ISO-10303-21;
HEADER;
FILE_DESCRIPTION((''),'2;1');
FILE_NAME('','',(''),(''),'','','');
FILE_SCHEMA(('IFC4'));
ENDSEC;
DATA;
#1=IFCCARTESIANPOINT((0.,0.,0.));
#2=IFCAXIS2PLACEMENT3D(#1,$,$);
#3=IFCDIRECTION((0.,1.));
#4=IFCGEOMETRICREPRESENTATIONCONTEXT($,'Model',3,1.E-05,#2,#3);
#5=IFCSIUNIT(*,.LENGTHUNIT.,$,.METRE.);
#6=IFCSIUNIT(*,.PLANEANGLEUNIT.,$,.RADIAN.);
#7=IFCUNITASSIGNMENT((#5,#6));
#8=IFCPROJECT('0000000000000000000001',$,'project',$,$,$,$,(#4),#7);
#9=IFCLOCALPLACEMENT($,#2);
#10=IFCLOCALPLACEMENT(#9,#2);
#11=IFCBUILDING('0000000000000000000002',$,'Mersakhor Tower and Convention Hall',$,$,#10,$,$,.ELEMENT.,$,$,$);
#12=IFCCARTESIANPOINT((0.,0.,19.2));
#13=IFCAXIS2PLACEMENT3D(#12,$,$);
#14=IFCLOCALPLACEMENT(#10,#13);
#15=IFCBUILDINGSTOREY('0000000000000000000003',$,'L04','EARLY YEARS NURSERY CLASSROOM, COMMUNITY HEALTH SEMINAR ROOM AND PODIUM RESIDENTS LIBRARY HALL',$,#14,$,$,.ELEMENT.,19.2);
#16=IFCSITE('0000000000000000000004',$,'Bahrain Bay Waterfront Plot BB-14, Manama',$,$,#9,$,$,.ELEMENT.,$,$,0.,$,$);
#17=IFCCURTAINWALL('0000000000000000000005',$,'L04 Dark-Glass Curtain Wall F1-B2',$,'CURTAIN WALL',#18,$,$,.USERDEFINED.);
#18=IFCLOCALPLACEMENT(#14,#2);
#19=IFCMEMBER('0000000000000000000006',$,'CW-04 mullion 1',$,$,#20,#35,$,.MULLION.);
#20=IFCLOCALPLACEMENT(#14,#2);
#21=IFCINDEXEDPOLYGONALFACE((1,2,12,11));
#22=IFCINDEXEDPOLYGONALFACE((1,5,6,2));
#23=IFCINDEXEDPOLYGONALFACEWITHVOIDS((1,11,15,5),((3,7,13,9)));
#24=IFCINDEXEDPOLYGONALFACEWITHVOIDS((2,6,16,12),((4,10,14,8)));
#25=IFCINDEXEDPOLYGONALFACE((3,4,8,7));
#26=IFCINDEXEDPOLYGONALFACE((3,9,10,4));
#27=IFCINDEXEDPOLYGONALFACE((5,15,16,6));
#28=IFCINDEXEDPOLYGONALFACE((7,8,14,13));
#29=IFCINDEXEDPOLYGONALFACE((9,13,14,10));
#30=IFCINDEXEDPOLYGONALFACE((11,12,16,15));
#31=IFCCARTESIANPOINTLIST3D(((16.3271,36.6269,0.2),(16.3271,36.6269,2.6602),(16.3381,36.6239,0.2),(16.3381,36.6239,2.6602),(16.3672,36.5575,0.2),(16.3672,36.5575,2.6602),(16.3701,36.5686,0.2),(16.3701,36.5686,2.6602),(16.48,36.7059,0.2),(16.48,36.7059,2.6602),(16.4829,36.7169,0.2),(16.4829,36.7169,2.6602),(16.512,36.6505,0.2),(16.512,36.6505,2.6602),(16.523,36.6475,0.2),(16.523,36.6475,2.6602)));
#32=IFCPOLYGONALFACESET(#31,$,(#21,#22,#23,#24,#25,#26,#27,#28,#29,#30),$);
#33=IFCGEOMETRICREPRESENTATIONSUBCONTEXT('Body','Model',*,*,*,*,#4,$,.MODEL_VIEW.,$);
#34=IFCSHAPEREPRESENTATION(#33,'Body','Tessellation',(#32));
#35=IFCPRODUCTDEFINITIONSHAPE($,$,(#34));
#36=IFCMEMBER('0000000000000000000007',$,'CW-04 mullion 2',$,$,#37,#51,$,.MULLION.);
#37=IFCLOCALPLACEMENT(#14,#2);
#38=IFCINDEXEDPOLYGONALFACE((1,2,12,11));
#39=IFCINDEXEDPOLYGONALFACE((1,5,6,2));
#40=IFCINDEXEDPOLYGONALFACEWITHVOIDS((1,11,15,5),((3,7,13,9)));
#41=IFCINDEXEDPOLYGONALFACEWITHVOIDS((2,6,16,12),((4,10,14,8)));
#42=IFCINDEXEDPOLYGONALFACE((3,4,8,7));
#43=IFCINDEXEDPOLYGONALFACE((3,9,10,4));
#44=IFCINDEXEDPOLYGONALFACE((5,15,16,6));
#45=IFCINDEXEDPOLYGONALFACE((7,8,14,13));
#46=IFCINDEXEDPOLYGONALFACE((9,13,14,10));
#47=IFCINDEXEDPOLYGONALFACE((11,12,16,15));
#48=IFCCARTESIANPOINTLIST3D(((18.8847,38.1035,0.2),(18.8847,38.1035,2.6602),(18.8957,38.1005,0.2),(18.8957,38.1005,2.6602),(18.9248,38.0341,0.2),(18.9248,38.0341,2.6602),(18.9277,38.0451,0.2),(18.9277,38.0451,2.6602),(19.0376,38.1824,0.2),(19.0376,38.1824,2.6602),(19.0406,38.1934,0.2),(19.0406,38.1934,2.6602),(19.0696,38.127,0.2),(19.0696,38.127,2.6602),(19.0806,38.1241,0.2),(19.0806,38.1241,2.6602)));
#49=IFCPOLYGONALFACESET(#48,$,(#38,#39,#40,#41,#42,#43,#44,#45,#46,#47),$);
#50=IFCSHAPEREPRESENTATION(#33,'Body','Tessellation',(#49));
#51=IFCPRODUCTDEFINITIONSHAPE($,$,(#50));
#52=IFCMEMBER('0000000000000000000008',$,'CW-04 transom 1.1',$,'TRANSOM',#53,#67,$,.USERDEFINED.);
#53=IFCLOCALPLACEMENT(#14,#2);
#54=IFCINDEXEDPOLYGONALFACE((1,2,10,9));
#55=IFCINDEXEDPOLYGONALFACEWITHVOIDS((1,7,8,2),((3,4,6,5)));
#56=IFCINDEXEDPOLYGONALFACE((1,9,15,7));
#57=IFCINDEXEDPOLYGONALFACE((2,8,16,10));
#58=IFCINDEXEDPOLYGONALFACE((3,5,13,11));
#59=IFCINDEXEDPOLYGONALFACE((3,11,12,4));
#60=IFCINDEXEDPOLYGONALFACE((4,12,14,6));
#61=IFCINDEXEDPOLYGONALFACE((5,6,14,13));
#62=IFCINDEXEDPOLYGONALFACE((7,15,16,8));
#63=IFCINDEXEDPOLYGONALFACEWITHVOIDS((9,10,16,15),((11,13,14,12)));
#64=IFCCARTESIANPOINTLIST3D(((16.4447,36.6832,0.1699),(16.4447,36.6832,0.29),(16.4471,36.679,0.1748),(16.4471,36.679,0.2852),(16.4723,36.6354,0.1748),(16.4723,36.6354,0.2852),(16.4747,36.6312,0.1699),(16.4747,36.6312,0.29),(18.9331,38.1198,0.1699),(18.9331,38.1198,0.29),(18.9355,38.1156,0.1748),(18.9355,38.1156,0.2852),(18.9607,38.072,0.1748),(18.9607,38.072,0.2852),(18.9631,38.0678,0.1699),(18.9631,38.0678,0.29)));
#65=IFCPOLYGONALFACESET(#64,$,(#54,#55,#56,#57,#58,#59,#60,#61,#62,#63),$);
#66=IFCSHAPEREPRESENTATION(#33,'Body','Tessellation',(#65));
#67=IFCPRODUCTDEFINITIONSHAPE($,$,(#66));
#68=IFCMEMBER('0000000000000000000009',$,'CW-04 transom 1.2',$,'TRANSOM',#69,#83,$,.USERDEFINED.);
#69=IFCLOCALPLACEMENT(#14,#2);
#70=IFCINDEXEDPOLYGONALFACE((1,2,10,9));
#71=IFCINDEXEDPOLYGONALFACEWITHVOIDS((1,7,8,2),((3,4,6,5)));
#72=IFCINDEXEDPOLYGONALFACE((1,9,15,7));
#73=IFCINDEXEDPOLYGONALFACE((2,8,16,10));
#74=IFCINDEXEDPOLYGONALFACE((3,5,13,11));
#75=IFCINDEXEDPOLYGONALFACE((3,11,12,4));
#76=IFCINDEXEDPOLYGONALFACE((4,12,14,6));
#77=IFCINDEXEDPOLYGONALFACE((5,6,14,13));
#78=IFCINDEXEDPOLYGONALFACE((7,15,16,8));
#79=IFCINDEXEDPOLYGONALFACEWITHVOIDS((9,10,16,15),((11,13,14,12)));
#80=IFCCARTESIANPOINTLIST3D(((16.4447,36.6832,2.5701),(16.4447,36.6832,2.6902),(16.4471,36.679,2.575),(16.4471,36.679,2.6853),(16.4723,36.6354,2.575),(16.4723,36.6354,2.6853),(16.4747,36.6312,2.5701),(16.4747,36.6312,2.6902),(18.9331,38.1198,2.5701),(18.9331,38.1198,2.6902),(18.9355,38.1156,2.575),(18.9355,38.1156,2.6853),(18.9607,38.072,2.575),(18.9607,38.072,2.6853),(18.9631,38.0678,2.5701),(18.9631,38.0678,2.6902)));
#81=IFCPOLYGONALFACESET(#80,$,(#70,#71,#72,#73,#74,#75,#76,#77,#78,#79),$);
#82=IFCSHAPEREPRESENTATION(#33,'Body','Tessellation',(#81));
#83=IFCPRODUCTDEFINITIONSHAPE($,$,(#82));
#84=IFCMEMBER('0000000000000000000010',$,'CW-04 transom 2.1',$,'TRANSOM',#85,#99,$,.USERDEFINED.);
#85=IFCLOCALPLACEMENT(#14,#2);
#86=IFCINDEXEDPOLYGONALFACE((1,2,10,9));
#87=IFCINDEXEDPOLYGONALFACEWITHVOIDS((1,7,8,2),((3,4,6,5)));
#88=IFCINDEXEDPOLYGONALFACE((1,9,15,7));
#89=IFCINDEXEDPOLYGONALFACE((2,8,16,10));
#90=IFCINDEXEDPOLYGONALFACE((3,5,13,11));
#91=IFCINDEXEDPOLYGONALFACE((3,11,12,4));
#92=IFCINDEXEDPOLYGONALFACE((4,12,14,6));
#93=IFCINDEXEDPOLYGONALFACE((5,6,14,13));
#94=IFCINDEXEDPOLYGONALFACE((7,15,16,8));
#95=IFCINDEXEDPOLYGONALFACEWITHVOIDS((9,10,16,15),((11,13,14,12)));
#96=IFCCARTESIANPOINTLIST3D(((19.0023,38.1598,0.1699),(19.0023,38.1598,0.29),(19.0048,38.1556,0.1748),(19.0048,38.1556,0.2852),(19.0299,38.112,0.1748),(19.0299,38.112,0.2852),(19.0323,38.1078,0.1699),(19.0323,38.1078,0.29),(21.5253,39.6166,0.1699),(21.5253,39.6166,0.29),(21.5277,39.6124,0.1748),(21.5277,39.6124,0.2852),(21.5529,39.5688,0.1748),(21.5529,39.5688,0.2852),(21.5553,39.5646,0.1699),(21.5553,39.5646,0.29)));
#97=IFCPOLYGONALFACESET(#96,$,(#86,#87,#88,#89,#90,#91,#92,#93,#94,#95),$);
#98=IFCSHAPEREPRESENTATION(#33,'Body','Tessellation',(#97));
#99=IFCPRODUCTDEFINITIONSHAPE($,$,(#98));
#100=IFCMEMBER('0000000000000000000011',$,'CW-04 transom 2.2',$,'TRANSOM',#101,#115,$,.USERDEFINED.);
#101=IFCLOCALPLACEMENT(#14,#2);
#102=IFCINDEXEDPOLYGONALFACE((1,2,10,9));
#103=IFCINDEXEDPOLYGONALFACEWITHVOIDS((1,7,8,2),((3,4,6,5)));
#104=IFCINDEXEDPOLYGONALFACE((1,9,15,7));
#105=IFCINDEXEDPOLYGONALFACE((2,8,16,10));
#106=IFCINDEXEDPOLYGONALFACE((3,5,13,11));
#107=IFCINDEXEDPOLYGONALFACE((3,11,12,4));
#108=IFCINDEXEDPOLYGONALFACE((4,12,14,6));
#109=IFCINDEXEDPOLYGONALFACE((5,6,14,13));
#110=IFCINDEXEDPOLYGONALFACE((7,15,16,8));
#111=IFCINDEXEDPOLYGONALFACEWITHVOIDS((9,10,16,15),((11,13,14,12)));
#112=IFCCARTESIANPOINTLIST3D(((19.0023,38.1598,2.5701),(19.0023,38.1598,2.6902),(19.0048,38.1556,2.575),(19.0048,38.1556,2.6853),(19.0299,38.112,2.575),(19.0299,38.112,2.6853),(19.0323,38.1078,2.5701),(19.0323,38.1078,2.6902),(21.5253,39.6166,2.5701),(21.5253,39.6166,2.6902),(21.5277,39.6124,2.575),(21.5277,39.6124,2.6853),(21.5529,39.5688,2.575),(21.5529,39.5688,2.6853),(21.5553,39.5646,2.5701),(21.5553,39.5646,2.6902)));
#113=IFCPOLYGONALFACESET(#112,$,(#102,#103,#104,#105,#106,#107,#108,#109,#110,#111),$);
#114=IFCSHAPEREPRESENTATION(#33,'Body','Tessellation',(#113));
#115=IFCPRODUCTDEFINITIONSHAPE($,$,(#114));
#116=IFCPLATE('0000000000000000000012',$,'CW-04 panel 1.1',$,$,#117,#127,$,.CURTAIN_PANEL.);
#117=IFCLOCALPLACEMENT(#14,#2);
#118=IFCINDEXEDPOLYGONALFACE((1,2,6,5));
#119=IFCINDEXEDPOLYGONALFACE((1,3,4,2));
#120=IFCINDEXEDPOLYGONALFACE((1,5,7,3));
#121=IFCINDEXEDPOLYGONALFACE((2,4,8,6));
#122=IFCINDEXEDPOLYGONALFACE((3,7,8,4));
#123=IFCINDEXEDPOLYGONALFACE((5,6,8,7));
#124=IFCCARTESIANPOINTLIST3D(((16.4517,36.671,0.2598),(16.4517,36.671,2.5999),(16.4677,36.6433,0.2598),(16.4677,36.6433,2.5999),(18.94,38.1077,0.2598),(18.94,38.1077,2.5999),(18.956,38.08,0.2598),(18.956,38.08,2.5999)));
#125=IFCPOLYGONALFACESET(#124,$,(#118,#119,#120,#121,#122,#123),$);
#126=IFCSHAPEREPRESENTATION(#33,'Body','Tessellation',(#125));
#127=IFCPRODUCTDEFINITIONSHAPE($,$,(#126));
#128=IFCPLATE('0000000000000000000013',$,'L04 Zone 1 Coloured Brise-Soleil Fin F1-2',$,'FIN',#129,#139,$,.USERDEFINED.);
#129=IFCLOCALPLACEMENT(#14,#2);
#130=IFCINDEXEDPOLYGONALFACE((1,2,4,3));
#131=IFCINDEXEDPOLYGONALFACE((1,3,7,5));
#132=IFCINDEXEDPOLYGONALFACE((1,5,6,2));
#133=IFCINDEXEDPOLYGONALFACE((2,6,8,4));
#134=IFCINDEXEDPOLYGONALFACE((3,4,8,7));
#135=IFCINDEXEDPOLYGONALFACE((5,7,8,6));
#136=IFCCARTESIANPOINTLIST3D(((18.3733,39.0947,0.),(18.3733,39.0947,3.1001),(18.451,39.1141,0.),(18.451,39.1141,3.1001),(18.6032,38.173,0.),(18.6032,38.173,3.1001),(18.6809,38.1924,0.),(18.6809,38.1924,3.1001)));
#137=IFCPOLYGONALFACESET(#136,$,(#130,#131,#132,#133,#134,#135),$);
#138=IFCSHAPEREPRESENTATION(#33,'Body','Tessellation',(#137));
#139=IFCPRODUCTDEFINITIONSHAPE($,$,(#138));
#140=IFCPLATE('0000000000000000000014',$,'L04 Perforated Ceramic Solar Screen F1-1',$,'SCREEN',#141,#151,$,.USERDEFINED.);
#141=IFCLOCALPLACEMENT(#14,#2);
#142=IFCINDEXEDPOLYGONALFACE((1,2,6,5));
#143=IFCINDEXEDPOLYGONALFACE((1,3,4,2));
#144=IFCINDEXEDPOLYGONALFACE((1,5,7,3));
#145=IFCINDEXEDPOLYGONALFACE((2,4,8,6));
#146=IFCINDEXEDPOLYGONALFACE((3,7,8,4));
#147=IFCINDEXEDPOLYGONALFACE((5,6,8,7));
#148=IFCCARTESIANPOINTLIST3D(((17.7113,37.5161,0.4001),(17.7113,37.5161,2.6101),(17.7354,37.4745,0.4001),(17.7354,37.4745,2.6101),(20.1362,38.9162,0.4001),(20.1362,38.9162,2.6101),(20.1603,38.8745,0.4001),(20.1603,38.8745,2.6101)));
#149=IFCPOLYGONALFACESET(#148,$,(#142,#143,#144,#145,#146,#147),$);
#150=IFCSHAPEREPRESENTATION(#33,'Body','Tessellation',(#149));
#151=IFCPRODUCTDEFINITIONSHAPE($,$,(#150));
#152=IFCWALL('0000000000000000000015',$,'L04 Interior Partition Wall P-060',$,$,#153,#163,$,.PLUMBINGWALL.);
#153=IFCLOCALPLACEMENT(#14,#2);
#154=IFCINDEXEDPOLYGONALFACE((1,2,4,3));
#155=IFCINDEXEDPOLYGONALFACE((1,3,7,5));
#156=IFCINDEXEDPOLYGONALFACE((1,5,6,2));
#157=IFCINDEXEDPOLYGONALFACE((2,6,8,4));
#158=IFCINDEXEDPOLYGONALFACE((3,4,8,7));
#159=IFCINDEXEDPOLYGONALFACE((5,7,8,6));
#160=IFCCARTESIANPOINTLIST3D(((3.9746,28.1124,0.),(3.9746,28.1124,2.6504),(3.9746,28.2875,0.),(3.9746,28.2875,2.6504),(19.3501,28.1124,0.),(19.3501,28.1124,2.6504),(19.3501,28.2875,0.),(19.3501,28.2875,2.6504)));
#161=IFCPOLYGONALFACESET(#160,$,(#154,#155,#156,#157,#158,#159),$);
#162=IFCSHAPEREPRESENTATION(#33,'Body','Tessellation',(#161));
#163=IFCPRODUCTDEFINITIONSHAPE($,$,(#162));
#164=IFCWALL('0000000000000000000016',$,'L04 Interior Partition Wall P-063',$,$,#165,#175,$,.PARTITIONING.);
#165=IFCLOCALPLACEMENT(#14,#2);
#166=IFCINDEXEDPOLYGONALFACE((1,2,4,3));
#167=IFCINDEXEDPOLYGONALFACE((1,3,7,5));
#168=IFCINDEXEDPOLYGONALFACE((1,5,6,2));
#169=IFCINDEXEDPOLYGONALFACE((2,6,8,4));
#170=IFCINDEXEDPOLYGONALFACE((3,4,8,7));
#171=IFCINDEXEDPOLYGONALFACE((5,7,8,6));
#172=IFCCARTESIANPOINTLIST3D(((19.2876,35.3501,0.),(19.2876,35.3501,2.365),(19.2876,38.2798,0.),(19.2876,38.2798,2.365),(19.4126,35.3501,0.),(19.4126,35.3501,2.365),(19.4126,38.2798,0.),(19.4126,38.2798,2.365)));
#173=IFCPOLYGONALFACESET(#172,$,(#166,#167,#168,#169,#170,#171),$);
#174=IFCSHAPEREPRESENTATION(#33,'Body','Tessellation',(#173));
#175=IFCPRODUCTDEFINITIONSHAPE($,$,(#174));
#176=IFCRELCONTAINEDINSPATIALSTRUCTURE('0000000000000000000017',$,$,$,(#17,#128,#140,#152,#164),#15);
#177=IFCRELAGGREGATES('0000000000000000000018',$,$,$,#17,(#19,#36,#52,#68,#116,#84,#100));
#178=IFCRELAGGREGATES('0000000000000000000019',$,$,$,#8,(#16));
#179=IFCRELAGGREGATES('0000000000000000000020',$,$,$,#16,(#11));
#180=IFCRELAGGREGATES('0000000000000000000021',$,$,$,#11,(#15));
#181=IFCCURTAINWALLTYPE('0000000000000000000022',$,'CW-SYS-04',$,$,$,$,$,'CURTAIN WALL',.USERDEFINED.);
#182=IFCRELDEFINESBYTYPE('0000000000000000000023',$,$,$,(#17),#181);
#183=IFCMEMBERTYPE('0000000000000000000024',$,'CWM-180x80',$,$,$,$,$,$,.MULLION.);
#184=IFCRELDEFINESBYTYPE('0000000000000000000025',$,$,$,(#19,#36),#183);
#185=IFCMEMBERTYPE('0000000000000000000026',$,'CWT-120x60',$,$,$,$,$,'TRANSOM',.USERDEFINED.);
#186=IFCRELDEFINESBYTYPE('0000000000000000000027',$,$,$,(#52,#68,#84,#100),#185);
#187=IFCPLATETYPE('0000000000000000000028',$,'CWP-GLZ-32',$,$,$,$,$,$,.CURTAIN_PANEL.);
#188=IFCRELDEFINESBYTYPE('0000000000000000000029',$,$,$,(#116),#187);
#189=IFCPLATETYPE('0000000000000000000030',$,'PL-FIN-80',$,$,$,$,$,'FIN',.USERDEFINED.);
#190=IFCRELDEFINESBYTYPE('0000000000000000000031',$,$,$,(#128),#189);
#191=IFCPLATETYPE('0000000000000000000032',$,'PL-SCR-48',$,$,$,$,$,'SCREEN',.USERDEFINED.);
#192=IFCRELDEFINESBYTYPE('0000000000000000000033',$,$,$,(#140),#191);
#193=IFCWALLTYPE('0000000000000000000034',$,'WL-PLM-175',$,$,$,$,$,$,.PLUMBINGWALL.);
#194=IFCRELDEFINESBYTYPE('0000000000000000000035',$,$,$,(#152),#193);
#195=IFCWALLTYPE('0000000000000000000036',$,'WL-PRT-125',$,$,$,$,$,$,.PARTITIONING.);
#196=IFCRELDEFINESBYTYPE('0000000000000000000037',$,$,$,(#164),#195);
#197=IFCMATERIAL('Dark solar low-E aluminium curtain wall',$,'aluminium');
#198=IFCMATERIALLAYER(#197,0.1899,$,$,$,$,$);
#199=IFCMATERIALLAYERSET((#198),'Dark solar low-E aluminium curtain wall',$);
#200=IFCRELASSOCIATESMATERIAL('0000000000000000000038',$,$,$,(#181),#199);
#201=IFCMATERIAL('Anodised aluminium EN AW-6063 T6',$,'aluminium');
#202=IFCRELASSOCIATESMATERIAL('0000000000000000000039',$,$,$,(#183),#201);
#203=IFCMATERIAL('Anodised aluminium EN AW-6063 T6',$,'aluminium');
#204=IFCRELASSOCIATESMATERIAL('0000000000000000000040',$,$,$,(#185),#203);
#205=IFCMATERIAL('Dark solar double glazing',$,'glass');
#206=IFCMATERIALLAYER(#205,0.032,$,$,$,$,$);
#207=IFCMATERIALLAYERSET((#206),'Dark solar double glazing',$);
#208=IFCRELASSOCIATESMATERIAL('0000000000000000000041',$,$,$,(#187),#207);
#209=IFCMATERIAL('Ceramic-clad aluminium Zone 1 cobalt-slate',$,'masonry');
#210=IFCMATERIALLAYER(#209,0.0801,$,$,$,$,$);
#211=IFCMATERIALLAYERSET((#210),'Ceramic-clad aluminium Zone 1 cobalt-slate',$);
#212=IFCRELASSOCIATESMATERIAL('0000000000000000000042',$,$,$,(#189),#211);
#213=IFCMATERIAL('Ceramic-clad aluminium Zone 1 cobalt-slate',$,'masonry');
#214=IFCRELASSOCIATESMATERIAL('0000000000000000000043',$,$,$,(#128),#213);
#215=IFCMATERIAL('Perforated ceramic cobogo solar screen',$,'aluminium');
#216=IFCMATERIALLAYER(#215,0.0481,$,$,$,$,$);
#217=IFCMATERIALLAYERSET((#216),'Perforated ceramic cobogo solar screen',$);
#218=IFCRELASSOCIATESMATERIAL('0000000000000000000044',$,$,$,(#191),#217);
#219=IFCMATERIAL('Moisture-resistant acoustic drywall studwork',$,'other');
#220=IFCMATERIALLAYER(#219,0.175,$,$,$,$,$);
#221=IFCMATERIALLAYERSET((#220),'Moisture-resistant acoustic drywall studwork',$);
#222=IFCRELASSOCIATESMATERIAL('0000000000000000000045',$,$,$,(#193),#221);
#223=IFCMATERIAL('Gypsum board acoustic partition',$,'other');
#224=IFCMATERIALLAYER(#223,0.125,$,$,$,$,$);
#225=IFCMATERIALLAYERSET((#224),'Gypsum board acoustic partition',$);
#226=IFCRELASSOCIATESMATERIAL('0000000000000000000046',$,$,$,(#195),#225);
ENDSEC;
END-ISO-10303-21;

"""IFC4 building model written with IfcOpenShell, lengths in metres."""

from ifc_helpers import new_model, si_unit, direction, frame, frame_2d, origin, origin_2d, place, context, subcontext, project, spatial, rectangle, hollow_rectangle, extrude, material, layer, layer_set, material_profile, profile_set, type_object, element, aggregate, save


model = new_model("IFC4")

# Units and contexts
model_context = context("Model", 3, precision=1e-05, world=origin(), true_north=direction((0.0, 1.0)))
body_context = subcontext(model_context, "Body", "Model", "MODEL_VIEW")
ifc_project = project(units=[si_unit("LENGTHUNIT", "METRE"), si_unit("PLANEANGLEUNIT", "RADIAN")], contexts=[model_context])

# Site, building, storey
site_placement = place(None, origin())
site = spatial("IfcSite", under=ifc_project, at=site_placement, Name="Bahrain Bay Waterfront Plot BB-14, Manama", CompositionType="ELEMENT", RefElevation=0.0)
building_placement = place(site_placement, origin())
building = spatial("IfcBuilding", under=site, at=building_placement, Name="Mersakhor Tower and Convention Hall", CompositionType="ELEMENT")
storey_placement = place(building_placement, frame((0.0, 0.0, 19.2)))
storey = spatial("IfcBuildingStorey", under=building, at=storey_placement, Name="L04", Description="EARLY YEARS NURSERY CLASSROOM, COMMUNITY HEALTH SEMINAR ROOM AND PODIUM RESIDENTS LIBRARY HALL", CompositionType="ELEMENT", Elevation=19.2)

# Curtain wall, members, plate
ifc_material_1 = material(Name="Dark solar low-E aluminium curtain wall", Category="aluminium")
ifc_layer_1 = layer(ifc_material_1, 0.1899)
ifc_layer_set_1 = layer_set([ifc_layer_1], Name="Dark solar low-E aluminium curtain wall")
curtain_wall_type = type_object("IfcCurtainWallType", Name="CW-SYS-04", ElementType="CURTAIN WALL", PredefinedType="USERDEFINED", material=ifc_layer_set_1)
curtain_wall_placement = place(storey_placement, origin())
curtain_wall = element("IfcCurtainWall", 1, at=curtain_wall_placement, inside=storey, type_object=curtain_wall_type, Name="L04 Dark-Glass Curtain Wall F1-B2", ObjectType="CURTAIN WALL", PredefinedType="USERDEFINED")
ifc_material_2 = material(Name="Anodised aluminium EN AW-6063 T6", Category="aluminium")
ifc_material_profile_1 = material_profile(ifc_material_2, hollow_rectangle(XDim=0.0801, YDim=0.1799, WallThickness=0.0081, at=origin_2d()), Name="RHS 180x80x8")
ifc_profile_set_1 = profile_set([ifc_material_profile_1], Name="Anodised aluminium EN AW-6063 T6")
member_type_1 = type_object("IfcMemberType", Name="CWM-180x80", PredefinedType="MULLION", material=ifc_profile_set_1)
member_1_placement = place(storey_placement, frame((16.425, 36.6372, 0.2), z_axis=(0.0, 0.0, 1.0), x_axis=(-0.500003, 0.866023, 0.0)))
member_1 = element("IfcMember", 2, at=member_1_placement, type_object=member_type_1, Name="CW-04 mullion 1", PredefinedType="MULLION", context=body_context, shape_type="SweptSolid", body=[
    extrude(hollow_rectangle(XDim=0.0801, YDim=0.1799, WallThickness=0.0081, at=origin_2d()), origin(), (0.0, 0.0, 1.0), 2.4602),
])
member_2_placement = place(storey_placement, frame((18.9827, 38.1138, 0.2), z_axis=(0.0, 0.0, 1.0), x_axis=(-0.500003, 0.866023, 0.0)))
member_2 = element("IfcMember", 3, at=member_2_placement, type_object=member_type_1, Name="CW-04 mullion 2", PredefinedType="MULLION", context=body_context, shape_type="SweptSolid", body=[
    extrude(hollow_rectangle(XDim=0.0801, YDim=0.1799, WallThickness=0.0081, at=origin_2d()), origin(), (0.0, 0.0, 1.0), 2.4602),
])
ifc_material_3 = material(Name="Anodised aluminium EN AW-6063 T6", Category="aluminium")
ifc_material_profile_2 = material_profile(ifc_material_3, hollow_rectangle(XDim=0.0601, YDim=0.1201, WallThickness=0.0049, at=origin_2d()), Name="RHS 120x60x5")
ifc_profile_set_2 = profile_set([ifc_material_profile_2], Name="Anodised aluminium EN AW-6063 T6")
member_type_2 = type_object("IfcMemberType", Name="CWT-120x60", ElementType="TRANSOM", PredefinedType="USERDEFINED", material=ifc_profile_set_2)
member_3_placement = place(storey_placement, frame((16.4597, 36.6572, 0.23), z_axis=(0.866038, 0.499977, 0.0), x_axis=(-0.499977, 0.866038, 0.0)))
member_3 = element("IfcMember", 4, at=member_3_placement, type_object=member_type_2, Name="CW-04 transom 1.1", ObjectType="TRANSOM", PredefinedType="USERDEFINED", context=body_context, shape_type="SweptSolid", body=[
    extrude(hollow_rectangle(XDim=0.0601, YDim=0.1201, WallThickness=0.0049, at=origin_2d()), origin(), (0.0, 0.0, 1.0), 2.8733),
])
member_4_placement = place(storey_placement, frame((16.4597, 36.6572, 2.6301), z_axis=(0.866038, 0.499977, 0.0), x_axis=(-0.499977, 0.866038, 0.0)))
member_4 = element("IfcMember", 5, at=member_4_placement, type_object=member_type_2, Name="CW-04 transom 1.2", ObjectType="TRANSOM", PredefinedType="USERDEFINED", context=body_context, shape_type="SweptSolid", body=[
    extrude(hollow_rectangle(XDim=0.0601, YDim=0.1201, WallThickness=0.0049, at=origin_2d()), origin(), (0.0, 0.0, 1.0), 2.8733),
])
member_5_placement = place(storey_placement, frame((19.0173, 38.1338, 0.23), z_axis=(0.866001, 0.500042, 0.0), x_axis=(-0.500042, 0.866001, 0.0)))
member_5 = element("IfcMember", 6, at=member_5_placement, type_object=member_type_2, Name="CW-04 transom 2.1", ObjectType="TRANSOM", PredefinedType="USERDEFINED", context=body_context, shape_type="SweptSolid", body=[
    extrude(hollow_rectangle(XDim=0.0601, YDim=0.1201, WallThickness=0.0049, at=origin_2d()), origin(), (0.0, 0.0, 1.0), 2.9133),
])
member_6_placement = place(storey_placement, frame((19.0173, 38.1338, 2.6301), z_axis=(0.866001, 0.500042, 0.0), x_axis=(-0.500042, 0.866001, 0.0)))
member_6 = element("IfcMember", 7, at=member_6_placement, type_object=member_type_2, Name="CW-04 transom 2.2", ObjectType="TRANSOM", PredefinedType="USERDEFINED", context=body_context, shape_type="SweptSolid", body=[
    extrude(hollow_rectangle(XDim=0.0601, YDim=0.1201, WallThickness=0.0049, at=origin_2d()), origin(), (0.0, 0.0, 1.0), 2.9133),
])
ifc_material_4 = material(Name="Dark solar double glazing", Category="glass")
ifc_layer_2 = layer(ifc_material_4, 0.032)
ifc_layer_set_2 = layer_set([ifc_layer_2], Name="Dark solar double glazing")
plate_type_1 = type_object("IfcPlateType", Name="CWP-GLZ-32", PredefinedType="CURTAIN_PANEL", material=ifc_layer_set_2)
plate_1_placement = place(storey_placement, frame((17.7039, 37.3755, 0.2598), z_axis=(0.0, 0.0, 1.0), x_axis=(0.866023, 0.500003, 0.0)))
plate_1 = element("IfcPlate", 8, at=plate_1_placement, type_object=plate_type_1, Name="CW-04 panel 1.1", PredefinedType="CURTAIN_PANEL", context=body_context, shape_type="SweptSolid", body=[
    extrude(rectangle(XDim=2.8733, YDim=0.032, at=origin_2d()), origin(), (0.0, 0.0, 1.0), 2.3401),
])
aggregate(curtain_wall, [member_1, member_2, member_3, member_4, plate_1, member_5, member_6])

# Plates
ifc_material_5 = material(Name="Ceramic-clad aluminium Zone 1 cobalt-slate", Category="masonry")
ifc_material_6 = material(Name="Ceramic-clad aluminium Zone 1 cobalt-slate", Category="masonry")
ifc_layer_3 = layer(ifc_material_6, 0.0801)
ifc_layer_set_3 = layer_set([ifc_layer_3], Name="Ceramic-clad aluminium Zone 1 cobalt-slate")
plate_type_2 = type_object("IfcPlateType", Name="PL-FIN-80", ElementType="FIN", PredefinedType="USERDEFINED", material=ifc_layer_set_3)
plate_2_placement = place(storey_placement, frame((18.5271, 38.6436, 0.0), z_axis=(0.0, 0.0, 1.0), x_axis=(-0.241922, 0.970296, 0.0)))
element("IfcPlate", 9, at=plate_2_placement, inside=storey, type_object=plate_type_2, material=ifc_material_5, Name="L04 Zone 1 Coloured Brise-Soleil Fin F1-2", ObjectType="FIN", PredefinedType="USERDEFINED", context=body_context, shape_type="SweptSolid", body=[
    extrude(rectangle(XDim=0.95, YDim=0.0801, at=origin_2d()), origin(), (0.0, 0.0, 1.0), 3.1001),
])
ifc_material_7 = material(Name="Perforated ceramic cobogo solar screen", Category="aluminium")
ifc_layer_4 = layer(ifc_material_7, 0.0481)
ifc_layer_set_4 = layer_set([ifc_layer_4], Name="Perforated ceramic cobogo solar screen")
plate_type_3 = type_object("IfcPlateType", Name="PL-SCR-48", ElementType="SCREEN", PredefinedType="USERDEFINED", material=ifc_layer_set_4)
plate_3_placement = place(storey_placement, frame((18.9358, 38.1953, 0.4001), z_axis=(0.0, 0.0, 1.0), x_axis=(0.866025, 0.5, 0.0)))
element("IfcPlate", 10, at=plate_3_placement, inside=storey, type_object=plate_type_3, Name="L04 Perforated Ceramic Solar Screen F1-1", ObjectType="SCREEN", PredefinedType="USERDEFINED", context=body_context, shape_type="SweptSolid", body=[
    extrude(rectangle(XDim=2.8, YDim=0.0481, at=origin_2d()), origin(), (0.0, 0.0, 1.0), 2.21),
])

# Walls
ifc_material_8 = material(Name="Moisture-resistant acoustic drywall studwork", Category="other")
ifc_layer_5 = layer(ifc_material_8, 0.175)
ifc_layer_set_5 = layer_set([ifc_layer_5], Name="Moisture-resistant acoustic drywall studwork")
wall_type_1 = type_object("IfcWallType", Name="WL-PLM-175", PredefinedType="PLUMBINGWALL", material=ifc_layer_set_5)
wall_1_placement = place(storey_placement, frame((19.3501, 28.2, 0.0), z_axis=(0.0, 0.0, 1.0), x_axis=(-1.0, 0.0, 0.0)))
element("IfcWall", 11, at=wall_1_placement, inside=storey, type_object=wall_type_1, Name="L04 Interior Partition Wall P-060", PredefinedType="PLUMBINGWALL", context=body_context, shape_type="SweptSolid", body=[
    extrude(rectangle(XDim=15.3755, YDim=0.175, at=frame_2d((7.6877, 0.0))), origin(), (0.0, 0.0, 1.0), 2.6504),
])
ifc_material_9 = material(Name="Gypsum board acoustic partition", Category="other")
ifc_layer_6 = layer(ifc_material_9, 0.125)
ifc_layer_set_6 = layer_set([ifc_layer_6], Name="Gypsum board acoustic partition")
wall_type_2 = type_object("IfcWallType", Name="WL-PRT-125", PredefinedType="PARTITIONING", material=ifc_layer_set_6)
wall_2_placement = place(storey_placement, frame((19.3501, 35.3501, 0.0), z_axis=(0.0, 0.0, 1.0), x_axis=(0.0, 1.0, 0.0)))
element("IfcWall", 12, at=wall_2_placement, inside=storey, type_object=wall_type_2, Name="L04 Interior Partition Wall P-063", PredefinedType="PARTITIONING", context=body_context, shape_type="SweptSolid", body=[
    extrude(rectangle(XDim=2.9297, YDim=0.125, at=frame_2d((1.4648, 0.0))), origin(), (0.0, 0.0, 1.0), 2.365),
])

save(model, "model.ifc")
